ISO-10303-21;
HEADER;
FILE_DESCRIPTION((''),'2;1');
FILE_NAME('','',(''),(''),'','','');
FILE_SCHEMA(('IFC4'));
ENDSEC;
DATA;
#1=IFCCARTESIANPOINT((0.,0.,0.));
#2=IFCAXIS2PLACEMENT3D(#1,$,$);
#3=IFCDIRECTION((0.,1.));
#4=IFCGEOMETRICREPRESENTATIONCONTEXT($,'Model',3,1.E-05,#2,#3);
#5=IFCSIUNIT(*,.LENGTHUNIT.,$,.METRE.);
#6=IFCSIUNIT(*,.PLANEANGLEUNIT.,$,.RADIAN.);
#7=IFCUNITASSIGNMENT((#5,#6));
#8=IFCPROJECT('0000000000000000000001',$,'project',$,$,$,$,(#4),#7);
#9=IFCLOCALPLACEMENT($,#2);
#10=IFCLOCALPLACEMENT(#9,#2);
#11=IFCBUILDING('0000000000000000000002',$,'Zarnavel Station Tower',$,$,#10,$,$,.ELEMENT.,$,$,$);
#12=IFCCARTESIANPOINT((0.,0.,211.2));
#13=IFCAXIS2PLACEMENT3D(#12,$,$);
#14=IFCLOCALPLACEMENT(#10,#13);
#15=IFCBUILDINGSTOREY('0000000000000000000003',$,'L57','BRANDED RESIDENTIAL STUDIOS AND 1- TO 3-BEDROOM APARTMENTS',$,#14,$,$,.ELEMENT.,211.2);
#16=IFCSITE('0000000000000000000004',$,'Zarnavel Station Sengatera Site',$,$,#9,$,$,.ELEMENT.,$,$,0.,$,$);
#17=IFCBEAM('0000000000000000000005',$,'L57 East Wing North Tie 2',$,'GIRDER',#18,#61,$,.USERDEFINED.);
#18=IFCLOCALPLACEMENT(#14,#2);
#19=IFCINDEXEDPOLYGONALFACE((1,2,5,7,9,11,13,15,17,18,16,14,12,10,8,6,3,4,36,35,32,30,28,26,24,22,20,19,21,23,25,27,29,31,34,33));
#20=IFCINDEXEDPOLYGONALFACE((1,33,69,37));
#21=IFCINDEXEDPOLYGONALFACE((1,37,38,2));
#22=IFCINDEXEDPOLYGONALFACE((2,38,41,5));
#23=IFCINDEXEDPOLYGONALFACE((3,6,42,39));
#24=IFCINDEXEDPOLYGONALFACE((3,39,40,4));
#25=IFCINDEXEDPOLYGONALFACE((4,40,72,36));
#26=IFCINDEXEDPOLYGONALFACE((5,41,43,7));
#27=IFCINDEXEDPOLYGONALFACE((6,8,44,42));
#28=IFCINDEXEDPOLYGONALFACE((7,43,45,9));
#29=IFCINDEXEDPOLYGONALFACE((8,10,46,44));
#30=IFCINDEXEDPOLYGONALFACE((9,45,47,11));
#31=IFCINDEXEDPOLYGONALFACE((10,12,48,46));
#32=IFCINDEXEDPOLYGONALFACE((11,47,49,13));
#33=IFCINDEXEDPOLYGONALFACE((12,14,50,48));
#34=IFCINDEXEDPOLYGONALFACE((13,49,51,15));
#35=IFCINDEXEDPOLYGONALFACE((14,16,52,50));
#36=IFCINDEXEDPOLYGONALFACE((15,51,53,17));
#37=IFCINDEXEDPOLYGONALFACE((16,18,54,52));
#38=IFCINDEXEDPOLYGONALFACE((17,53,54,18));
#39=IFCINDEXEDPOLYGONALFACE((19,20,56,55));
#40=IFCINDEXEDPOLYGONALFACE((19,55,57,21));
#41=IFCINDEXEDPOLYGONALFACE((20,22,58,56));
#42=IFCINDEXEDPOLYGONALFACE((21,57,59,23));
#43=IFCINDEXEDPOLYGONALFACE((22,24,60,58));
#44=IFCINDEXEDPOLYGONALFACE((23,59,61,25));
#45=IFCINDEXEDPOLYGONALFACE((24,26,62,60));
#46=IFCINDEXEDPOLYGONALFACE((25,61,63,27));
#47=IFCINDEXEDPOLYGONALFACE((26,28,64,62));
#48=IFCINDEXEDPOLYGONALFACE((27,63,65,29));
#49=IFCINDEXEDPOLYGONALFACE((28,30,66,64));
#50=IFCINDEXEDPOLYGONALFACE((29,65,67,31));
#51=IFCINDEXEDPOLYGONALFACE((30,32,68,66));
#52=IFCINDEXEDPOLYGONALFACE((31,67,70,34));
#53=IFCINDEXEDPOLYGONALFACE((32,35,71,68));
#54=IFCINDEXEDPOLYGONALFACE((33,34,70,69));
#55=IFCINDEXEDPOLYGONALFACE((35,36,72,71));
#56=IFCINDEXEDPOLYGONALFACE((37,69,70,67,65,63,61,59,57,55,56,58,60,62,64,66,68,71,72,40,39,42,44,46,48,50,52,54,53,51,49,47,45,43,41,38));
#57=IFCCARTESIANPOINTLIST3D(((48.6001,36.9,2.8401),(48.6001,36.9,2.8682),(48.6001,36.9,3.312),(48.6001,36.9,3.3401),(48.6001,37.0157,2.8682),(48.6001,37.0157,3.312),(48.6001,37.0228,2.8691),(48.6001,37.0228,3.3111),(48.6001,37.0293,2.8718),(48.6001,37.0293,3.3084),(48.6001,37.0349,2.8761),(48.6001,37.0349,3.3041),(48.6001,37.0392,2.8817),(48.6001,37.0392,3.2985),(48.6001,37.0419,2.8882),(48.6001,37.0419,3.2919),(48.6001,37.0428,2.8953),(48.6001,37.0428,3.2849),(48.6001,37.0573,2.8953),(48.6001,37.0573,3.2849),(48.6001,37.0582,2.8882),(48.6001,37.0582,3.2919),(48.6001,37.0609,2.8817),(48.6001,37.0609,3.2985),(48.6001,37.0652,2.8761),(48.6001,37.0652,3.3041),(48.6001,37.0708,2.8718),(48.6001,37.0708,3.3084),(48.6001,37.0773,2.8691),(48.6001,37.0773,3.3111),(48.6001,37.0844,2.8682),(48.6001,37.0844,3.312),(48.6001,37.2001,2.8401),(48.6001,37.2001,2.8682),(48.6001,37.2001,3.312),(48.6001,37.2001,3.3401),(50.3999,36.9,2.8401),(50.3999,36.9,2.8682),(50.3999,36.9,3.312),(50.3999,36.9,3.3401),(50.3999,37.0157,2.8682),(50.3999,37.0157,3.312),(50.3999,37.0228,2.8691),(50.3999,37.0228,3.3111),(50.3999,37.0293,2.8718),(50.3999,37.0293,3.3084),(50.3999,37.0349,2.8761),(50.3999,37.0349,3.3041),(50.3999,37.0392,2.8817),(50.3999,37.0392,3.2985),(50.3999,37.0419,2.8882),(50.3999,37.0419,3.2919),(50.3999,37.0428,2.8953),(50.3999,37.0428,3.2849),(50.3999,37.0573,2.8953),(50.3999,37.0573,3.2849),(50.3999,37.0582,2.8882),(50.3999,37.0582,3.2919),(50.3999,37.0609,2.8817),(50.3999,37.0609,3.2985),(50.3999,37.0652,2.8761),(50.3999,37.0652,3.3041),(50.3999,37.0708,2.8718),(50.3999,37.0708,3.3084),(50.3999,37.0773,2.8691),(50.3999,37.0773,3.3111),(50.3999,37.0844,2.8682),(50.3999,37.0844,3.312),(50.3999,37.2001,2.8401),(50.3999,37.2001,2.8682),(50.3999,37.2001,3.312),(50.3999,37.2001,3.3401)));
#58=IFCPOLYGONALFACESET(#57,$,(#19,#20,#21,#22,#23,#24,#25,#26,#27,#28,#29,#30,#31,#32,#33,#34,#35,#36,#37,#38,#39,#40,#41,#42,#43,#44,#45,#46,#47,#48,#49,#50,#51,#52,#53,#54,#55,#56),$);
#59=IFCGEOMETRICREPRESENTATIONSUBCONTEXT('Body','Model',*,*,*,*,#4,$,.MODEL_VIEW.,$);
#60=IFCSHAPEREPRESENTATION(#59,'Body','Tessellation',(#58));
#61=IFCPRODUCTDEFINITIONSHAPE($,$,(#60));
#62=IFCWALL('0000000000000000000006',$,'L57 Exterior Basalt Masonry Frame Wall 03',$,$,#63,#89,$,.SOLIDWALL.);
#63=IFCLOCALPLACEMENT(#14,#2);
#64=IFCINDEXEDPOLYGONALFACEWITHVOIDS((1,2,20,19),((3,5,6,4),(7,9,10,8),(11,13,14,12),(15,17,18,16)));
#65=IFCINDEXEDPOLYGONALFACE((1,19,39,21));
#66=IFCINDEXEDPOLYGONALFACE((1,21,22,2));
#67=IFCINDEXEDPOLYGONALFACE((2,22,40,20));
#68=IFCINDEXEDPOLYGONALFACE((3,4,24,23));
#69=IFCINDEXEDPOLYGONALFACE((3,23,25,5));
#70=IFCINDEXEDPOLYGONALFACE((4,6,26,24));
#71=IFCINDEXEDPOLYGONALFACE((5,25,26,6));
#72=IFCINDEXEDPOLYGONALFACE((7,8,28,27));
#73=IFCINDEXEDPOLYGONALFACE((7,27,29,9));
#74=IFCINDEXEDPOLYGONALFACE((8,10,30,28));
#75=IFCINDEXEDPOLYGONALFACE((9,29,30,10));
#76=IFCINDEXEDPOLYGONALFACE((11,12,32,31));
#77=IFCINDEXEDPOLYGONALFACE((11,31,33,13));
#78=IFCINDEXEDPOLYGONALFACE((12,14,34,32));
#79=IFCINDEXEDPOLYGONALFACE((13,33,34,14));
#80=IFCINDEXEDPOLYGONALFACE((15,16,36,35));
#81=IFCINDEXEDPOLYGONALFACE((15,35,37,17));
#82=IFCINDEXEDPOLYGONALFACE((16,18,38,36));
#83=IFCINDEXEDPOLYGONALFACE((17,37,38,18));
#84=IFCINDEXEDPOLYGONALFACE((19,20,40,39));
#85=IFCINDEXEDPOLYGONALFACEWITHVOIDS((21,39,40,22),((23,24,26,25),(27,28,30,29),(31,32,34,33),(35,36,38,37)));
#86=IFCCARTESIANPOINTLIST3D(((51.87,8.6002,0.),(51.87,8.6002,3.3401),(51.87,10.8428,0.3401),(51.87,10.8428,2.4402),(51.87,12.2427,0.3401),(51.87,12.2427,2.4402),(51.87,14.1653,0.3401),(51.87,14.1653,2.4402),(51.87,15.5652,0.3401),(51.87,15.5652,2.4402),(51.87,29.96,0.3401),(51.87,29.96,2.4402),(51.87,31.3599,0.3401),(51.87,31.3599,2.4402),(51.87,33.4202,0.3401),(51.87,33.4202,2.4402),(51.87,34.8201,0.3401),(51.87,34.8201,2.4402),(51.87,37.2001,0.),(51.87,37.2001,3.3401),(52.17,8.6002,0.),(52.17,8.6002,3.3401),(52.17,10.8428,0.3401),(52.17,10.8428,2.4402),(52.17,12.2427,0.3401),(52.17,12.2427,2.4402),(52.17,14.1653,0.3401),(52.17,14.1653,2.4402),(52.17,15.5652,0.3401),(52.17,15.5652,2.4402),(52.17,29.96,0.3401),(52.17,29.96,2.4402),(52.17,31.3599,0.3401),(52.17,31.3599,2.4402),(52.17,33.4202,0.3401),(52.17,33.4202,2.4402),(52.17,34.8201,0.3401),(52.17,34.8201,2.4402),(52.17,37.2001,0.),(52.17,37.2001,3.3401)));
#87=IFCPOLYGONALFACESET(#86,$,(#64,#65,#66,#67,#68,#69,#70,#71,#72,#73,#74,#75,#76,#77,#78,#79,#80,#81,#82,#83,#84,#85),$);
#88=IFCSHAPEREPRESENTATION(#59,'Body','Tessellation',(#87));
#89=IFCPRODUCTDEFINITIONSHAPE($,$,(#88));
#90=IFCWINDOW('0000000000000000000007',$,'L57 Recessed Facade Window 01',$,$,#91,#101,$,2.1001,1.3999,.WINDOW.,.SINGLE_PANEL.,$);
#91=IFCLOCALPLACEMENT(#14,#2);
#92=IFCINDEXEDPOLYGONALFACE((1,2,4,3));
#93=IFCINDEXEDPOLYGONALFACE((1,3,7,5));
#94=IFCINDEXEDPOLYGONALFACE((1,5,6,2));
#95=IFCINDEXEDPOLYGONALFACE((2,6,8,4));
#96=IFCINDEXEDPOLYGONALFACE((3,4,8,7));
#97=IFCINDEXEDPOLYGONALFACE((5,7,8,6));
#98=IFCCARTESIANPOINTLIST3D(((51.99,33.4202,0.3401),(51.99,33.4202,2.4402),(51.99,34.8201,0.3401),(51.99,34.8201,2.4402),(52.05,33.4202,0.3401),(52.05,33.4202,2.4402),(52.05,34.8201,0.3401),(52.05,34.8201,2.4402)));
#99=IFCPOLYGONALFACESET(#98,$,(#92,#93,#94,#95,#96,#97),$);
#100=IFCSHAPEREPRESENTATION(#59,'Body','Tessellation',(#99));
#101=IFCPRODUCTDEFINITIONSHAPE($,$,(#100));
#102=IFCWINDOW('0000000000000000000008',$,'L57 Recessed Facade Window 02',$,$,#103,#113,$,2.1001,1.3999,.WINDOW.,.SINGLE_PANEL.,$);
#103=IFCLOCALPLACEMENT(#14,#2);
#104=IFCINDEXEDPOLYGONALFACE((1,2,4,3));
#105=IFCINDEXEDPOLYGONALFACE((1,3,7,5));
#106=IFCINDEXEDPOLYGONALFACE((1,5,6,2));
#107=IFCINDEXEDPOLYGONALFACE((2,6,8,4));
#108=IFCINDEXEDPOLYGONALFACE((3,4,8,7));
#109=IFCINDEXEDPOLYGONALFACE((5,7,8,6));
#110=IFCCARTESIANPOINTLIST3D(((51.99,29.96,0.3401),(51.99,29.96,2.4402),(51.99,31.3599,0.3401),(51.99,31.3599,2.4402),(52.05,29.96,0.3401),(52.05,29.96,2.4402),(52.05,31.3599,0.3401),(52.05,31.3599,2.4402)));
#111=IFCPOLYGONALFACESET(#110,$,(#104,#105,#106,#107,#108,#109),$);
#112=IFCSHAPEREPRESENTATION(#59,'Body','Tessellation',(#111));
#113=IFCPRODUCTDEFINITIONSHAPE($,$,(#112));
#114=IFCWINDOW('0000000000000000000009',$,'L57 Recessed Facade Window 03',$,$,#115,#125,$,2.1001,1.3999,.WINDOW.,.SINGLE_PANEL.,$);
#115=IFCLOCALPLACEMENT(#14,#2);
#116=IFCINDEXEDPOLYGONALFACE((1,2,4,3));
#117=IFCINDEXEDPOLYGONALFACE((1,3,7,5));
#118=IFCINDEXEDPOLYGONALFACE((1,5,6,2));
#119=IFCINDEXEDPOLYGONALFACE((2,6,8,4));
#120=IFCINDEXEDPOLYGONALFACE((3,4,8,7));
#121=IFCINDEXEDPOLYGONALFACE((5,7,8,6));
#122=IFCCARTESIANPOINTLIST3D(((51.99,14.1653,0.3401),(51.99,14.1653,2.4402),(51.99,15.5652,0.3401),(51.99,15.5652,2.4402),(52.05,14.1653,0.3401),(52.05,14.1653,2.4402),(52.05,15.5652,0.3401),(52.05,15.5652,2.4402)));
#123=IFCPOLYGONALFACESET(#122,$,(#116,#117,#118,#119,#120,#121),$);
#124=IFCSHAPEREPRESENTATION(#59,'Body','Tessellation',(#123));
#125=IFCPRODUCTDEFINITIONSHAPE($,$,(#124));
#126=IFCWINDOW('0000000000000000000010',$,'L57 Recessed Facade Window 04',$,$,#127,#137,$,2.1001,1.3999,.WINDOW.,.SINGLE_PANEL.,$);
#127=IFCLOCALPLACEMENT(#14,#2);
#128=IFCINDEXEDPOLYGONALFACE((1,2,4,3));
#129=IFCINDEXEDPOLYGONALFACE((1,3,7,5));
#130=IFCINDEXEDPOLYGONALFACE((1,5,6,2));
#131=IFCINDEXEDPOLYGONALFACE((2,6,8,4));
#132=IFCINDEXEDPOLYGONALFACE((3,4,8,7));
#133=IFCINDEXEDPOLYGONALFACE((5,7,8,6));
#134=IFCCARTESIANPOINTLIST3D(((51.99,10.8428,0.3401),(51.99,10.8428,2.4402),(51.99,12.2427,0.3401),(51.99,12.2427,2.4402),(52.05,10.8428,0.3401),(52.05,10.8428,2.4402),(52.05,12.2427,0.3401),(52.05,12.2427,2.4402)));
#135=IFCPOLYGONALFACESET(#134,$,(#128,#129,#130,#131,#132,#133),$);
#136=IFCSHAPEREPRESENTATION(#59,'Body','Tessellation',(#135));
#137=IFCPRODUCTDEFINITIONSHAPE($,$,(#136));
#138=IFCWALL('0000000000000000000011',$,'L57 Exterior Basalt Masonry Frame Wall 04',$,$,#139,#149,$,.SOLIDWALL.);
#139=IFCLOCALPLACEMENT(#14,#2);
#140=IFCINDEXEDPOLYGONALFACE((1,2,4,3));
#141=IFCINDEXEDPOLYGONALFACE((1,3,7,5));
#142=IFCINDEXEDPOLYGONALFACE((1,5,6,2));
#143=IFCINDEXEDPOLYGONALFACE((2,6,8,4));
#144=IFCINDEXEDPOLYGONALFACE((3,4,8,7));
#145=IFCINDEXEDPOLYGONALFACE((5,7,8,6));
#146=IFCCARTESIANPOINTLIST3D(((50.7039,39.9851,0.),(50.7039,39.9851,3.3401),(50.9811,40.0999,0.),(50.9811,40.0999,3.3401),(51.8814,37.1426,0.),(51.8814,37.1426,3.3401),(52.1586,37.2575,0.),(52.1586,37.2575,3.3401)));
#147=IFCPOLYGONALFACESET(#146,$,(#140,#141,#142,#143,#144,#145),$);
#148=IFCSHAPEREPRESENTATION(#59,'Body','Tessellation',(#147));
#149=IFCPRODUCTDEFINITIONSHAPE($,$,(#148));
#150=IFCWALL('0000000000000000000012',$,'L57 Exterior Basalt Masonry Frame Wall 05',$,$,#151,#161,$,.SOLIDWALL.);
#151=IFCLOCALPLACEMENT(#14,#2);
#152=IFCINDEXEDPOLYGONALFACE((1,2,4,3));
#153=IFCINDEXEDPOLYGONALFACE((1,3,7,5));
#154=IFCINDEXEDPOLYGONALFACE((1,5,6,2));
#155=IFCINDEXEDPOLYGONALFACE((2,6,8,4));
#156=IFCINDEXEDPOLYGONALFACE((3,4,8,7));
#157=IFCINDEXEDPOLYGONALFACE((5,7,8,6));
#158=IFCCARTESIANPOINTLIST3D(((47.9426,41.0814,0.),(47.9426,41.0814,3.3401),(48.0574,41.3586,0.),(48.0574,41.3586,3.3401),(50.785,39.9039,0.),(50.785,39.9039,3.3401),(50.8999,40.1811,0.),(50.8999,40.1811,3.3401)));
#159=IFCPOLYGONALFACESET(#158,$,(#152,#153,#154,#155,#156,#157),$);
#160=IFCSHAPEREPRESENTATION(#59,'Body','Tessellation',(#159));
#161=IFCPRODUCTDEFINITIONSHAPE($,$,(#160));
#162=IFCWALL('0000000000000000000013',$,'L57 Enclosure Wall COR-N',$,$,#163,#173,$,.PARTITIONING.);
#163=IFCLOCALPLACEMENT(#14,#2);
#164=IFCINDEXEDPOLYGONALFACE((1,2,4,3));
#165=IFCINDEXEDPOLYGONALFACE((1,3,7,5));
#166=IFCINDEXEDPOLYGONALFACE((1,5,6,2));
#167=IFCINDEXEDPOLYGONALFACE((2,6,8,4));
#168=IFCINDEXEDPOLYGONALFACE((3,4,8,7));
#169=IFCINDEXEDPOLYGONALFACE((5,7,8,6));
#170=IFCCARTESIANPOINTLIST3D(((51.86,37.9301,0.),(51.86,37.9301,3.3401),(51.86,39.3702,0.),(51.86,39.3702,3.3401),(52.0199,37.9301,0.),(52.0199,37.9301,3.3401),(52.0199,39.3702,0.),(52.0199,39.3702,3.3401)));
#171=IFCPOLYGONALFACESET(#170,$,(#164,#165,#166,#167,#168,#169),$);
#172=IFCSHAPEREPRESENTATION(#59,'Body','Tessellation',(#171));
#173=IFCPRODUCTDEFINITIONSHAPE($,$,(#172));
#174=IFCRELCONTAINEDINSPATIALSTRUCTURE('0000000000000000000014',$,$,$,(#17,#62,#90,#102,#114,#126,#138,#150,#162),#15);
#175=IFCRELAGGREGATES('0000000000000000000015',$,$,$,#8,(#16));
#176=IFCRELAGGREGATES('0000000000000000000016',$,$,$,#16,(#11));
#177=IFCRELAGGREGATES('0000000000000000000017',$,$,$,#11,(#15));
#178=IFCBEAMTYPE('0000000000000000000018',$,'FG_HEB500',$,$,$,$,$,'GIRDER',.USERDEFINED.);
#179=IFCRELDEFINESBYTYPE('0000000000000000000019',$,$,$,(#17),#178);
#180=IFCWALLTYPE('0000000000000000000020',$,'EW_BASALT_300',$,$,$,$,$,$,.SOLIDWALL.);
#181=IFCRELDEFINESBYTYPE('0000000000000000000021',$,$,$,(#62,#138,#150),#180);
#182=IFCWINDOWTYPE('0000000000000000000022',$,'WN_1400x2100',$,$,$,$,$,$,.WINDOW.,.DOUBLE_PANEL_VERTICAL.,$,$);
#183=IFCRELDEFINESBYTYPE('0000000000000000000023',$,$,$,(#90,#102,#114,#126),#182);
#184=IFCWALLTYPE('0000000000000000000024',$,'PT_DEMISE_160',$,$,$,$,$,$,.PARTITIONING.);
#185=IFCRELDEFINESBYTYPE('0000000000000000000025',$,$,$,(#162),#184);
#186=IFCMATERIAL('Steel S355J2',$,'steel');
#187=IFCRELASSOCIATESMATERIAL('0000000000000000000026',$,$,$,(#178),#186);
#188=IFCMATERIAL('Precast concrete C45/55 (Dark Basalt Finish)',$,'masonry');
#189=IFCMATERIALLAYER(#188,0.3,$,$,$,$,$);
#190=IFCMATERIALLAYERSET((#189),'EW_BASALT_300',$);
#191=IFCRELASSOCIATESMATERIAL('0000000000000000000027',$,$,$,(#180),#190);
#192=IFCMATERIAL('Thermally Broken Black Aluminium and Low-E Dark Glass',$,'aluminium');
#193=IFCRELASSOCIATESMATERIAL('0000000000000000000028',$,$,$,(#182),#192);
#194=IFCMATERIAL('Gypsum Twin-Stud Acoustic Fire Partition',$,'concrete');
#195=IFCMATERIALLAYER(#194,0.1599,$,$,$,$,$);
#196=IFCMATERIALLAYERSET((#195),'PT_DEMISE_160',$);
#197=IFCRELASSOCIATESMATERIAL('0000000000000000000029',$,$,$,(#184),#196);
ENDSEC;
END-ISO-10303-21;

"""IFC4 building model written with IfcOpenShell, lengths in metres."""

from ifc_helpers import new_model, si_unit, direction, frame, frame_2d, origin, origin_2d, place, context, subcontext, project, spatial, rectangle, i_section, extrude, material, layer, layer_set, material_profile, profile_set, type_object, element, fill, save


model = new_model("IFC4")

# Units and contexts
model_context = context("Model", 3, precision=1e-05, world=origin(), true_north=direction((0.0, 1.0)))
body_context = subcontext(model_context, "Body", "Model", "MODEL_VIEW")
ifc_project = project(units=[si_unit("LENGTHUNIT", "METRE"), si_unit("PLANEANGLEUNIT", "RADIAN")], contexts=[model_context])

# Site, building, storey
site_placement = place(None, origin())
site = spatial("IfcSite", under=ifc_project, at=site_placement, Name="Zarnavel Station Sengatera Site", CompositionType="ELEMENT", RefElevation=0.0)
building_placement = place(site_placement, origin())
building = spatial("IfcBuilding", under=site, at=building_placement, Name="Zarnavel Station Tower", CompositionType="ELEMENT")
storey_placement = place(building_placement, frame((0.0, 0.0, 211.2)))
storey = spatial("IfcBuildingStorey", under=building, at=storey_placement, Name="L57", Description="BRANDED RESIDENTIAL STUDIOS AND 1- TO 3-BEDROOM APARTMENTS", CompositionType="ELEMENT", Elevation=211.2)

# Beam
ifc_material_1 = material(Name="Steel S355J2", Category="steel")
ifc_material_profile_1 = material_profile(ifc_material_1, i_section(OverallWidth=0.3, OverallDepth=0.5, WebThickness=0.0144, FlangeThickness=0.0281, FilletRadius=0.0271, at=origin_2d()), Name="HEB500")
ifc_profile_set_1 = profile_set([ifc_material_profile_1], Name="Steel S355J2")
beam_type = type_object("IfcBeamType", Name="FG_HEB500", ElementType="GIRDER", PredefinedType="USERDEFINED", material=ifc_profile_set_1)
beam_1_placement = place(storey_placement, frame((48.6001, 37.05, 3.0901), z_axis=(1.0, 0.0, 0.0), x_axis=(0.0, 1.0, 0.0)))
element("IfcBeam", 1, at=beam_1_placement, inside=storey, type_object=beam_type, Name="L57 East Wing North Tie 2", ObjectType="GIRDER", PredefinedType="USERDEFINED", context=body_context, shape_type="SweptSolid", body=[
    extrude(i_section(OverallWidth=0.3, OverallDepth=0.5, WebThickness=0.0144, FlangeThickness=0.0281, FilletRadius=0.0271, at=origin_2d()), origin(), (0.0, 0.0, 1.0), 1.7998),
])

# Wall, openings, windows
ifc_material_2 = material(Name="Precast concrete C45/55 (Dark Basalt Finish)", Category="masonry")
ifc_layer_1 = layer(ifc_material_2, 0.3)
ifc_layer_set_1 = layer_set([ifc_layer_1], Name="EW_BASALT_300")
wall_type_1 = type_object("IfcWallType", Name="EW_BASALT_300", PredefinedType="SOLIDWALL", material=ifc_layer_set_1)
wall_1_placement = place(storey_placement, frame((52.02, 37.2, 0.0), z_axis=(0.0, 0.0, 1.0), x_axis=(0.0, -1.0, 0.0)))
wall_1 = element("IfcWall", 2, at=wall_1_placement, inside=storey, type_object=wall_type_1, Name="L57 Exterior Basalt Masonry Frame Wall 03", PredefinedType="SOLIDWALL", context=body_context, shape_type="SweptSolid", body=[
    extrude(rectangle(XDim=28.5999, YDim=0.3, at=frame_2d((14.2998, 0.0))), origin(), (0.0, 0.0, 1.0), 3.3401),
])
opening_1_placement = place(wall_1_placement, frame((2.3799, 0.0, 0.3401)))
opening_1 = element("IfcOpeningElement", 3, at=opening_1_placement, cuts=wall_1, PredefinedType="OPENING", context=body_context, shape_type="SweptSolid", body=[
    extrude(rectangle(XDim=1.3999, YDim=2.1001, at=frame_2d((0.7, 1.05))), frame((0.0, 0.1599, 0.0), z_axis=(0.0, -1.0, 0.0), x_axis=(1.0, 0.0, 0.0)), (0.0, 0.0, 1.0), 0.3201),
])
opening_2_placement = place(wall_1_placement, frame((5.8401, 0.0, 0.3401)))
opening_2 = element("IfcOpeningElement", 4, at=opening_2_placement, cuts=wall_1, PredefinedType="OPENING", context=body_context, shape_type="SweptSolid", body=[
    extrude(rectangle(XDim=1.3999, YDim=2.1001, at=frame_2d((0.7, 1.05))), frame((0.0, 0.1599, 0.0), z_axis=(0.0, -1.0, 0.0), x_axis=(1.0, 0.0, 0.0)), (0.0, 0.0, 1.0), 0.3201),
])
opening_3_placement = place(wall_1_placement, frame((21.6348, 0.0, 0.3401)))
opening_3 = element("IfcOpeningElement", 5, at=opening_3_placement, cuts=wall_1, PredefinedType="OPENING", context=body_context, shape_type="SweptSolid", body=[
    extrude(rectangle(XDim=1.3999, YDim=2.1001, at=frame_2d((0.7, 1.05))), frame((0.0, 0.1599, 0.0), z_axis=(0.0, -1.0, 0.0), x_axis=(1.0, 0.0, 0.0)), (0.0, 0.0, 1.0), 0.3201),
])
opening_4_placement = place(wall_1_placement, frame((24.9573, 0.0, 0.3401)))
opening_4 = element("IfcOpeningElement", 6, at=opening_4_placement, cuts=wall_1, PredefinedType="OPENING", context=body_context, shape_type="SweptSolid", body=[
    extrude(rectangle(XDim=1.3999, YDim=2.1001, at=frame_2d((0.7, 1.05))), frame((0.0, 0.1599, 0.0), z_axis=(0.0, -1.0, 0.0), x_axis=(1.0, 0.0, 0.0)), (0.0, 0.0, 1.0), 0.3201),
])
ifc_material_3 = material(Name="Thermally Broken Black Aluminium and Low-E Dark Glass", Category="aluminium")
window_type = type_object("IfcWindowType", Name="WN_1400x2100", PartitioningType="DOUBLE_PANEL_VERTICAL", PredefinedType="WINDOW", material=ifc_material_3)
window_1_placement = place(opening_1_placement, origin())
window_1 = element("IfcWindow", 7, at=window_1_placement, inside=storey, type_object=window_type, Name="L57 Recessed Facade Window 01", OverallHeight=2.1001, OverallWidth=1.3999, PartitioningType="SINGLE_PANEL", PredefinedType="WINDOW", context=body_context, shape_type="SweptSolid", body=[
    extrude(rectangle(XDim=1.3999, YDim=2.1001, at=frame_2d((0.7, 1.05))), frame((0.0, 0.03, 0.0), z_axis=(0.0, -1.0, 0.0), x_axis=(1.0, 0.0, 0.0)), (0.0, 0.0, 1.0), 0.0601),
])
fill(opening_1, window_1)
window_2_placement = place(opening_2_placement, origin())
window_2 = element("IfcWindow", 8, at=window_2_placement, inside=storey, type_object=window_type, Name="L57 Recessed Facade Window 02", OverallHeight=2.1001, OverallWidth=1.3999, PartitioningType="SINGLE_PANEL", PredefinedType="WINDOW", context=body_context, shape_type="SweptSolid", body=[
    extrude(rectangle(XDim=1.3999, YDim=2.1001, at=frame_2d((0.7, 1.05))), frame((0.0, 0.03, 0.0), z_axis=(0.0, -1.0, 0.0), x_axis=(1.0, 0.0, 0.0)), (0.0, 0.0, 1.0), 0.0601),
])
fill(opening_2, window_2)
window_3_placement = place(opening_3_placement, origin())
window_3 = element("IfcWindow", 9, at=window_3_placement, inside=storey, type_object=window_type, Name="L57 Recessed Facade Window 03", OverallHeight=2.1001, OverallWidth=1.3999, PartitioningType="SINGLE_PANEL", PredefinedType="WINDOW", context=body_context, shape_type="SweptSolid", body=[
    extrude(rectangle(XDim=1.3999, YDim=2.1001, at=frame_2d((0.7, 1.05))), frame((0.0, 0.03, 0.0), z_axis=(0.0, -1.0, 0.0), x_axis=(1.0, 0.0, 0.0)), (0.0, 0.0, 1.0), 0.0601),
])
fill(opening_3, window_3)
window_4_placement = place(opening_4_placement, origin())
window_4 = element("IfcWindow", 10, at=window_4_placement, inside=storey, type_object=window_type, Name="L57 Recessed Facade Window 04", OverallHeight=2.1001, OverallWidth=1.3999, PartitioningType="SINGLE_PANEL", PredefinedType="WINDOW", context=body_context, shape_type="SweptSolid", body=[
    extrude(rectangle(XDim=1.3999, YDim=2.1001, at=frame_2d((0.7, 1.05))), frame((0.0, 0.03, 0.0), z_axis=(0.0, -1.0, 0.0), x_axis=(1.0, 0.0, 0.0)), (0.0, 0.0, 1.0), 0.0601),
])
fill(opening_4, window_4)

# Walls
for number, where, z_axis, x_axis, name in (
    (11, (50.8425, 40.0425, 0.0), (0.0, 0.0, 1.0), (0.382705, -0.923871, 0.0), "L57 Exterior Basalt Masonry Frame Wall 04"),
    (12, (48.0, 41.22, 0.0), (0.0, 0.0, 1.0), (0.923871, -0.382705, 0.0), "L57 Exterior Basalt Masonry Frame Wall 05"),
):
    element("IfcWall", number, at=place(storey_placement, frame(where, z_axis=z_axis, x_axis=x_axis)), inside=storey, type_object=wall_type_1, Name=name, PredefinedType="SOLIDWALL", context=body_context, shape_type="SweptSolid", body=[
        extrude(rectangle(XDim=3.0767, YDim=0.3, at=frame_2d((1.5383, 0.0))), origin(), (0.0, 0.0, 1.0), 3.3401),
    ])
ifc_material_4 = material(Name="Gypsum Twin-Stud Acoustic Fire Partition", Category="concrete")
ifc_layer_2 = layer(ifc_material_4, 0.1599)
ifc_layer_set_2 = layer_set([ifc_layer_2], Name="PT_DEMISE_160")
wall_type_2 = type_object("IfcWallType", Name="PT_DEMISE_160", PredefinedType="PARTITIONING", material=ifc_layer_set_2)
wall_2_placement = place(storey_placement, frame((51.9399, 37.9299, 0.0), z_axis=(0.0, 0.0, 1.0), x_axis=(0.0, 1.0, 0.0)))
element("IfcWall", 13, at=wall_2_placement, inside=storey, type_object=wall_type_2, Name="L57 Enclosure Wall COR-N", PredefinedType="PARTITIONING", context=body_context, shape_type="SweptSolid", body=[
    extrude(rectangle(XDim=1.4402, YDim=0.1599, at=frame_2d((0.7202, 0.0))), origin(), (0.0, 0.0, 1.0), 3.3401),
])

save(model, "model.ifc")
